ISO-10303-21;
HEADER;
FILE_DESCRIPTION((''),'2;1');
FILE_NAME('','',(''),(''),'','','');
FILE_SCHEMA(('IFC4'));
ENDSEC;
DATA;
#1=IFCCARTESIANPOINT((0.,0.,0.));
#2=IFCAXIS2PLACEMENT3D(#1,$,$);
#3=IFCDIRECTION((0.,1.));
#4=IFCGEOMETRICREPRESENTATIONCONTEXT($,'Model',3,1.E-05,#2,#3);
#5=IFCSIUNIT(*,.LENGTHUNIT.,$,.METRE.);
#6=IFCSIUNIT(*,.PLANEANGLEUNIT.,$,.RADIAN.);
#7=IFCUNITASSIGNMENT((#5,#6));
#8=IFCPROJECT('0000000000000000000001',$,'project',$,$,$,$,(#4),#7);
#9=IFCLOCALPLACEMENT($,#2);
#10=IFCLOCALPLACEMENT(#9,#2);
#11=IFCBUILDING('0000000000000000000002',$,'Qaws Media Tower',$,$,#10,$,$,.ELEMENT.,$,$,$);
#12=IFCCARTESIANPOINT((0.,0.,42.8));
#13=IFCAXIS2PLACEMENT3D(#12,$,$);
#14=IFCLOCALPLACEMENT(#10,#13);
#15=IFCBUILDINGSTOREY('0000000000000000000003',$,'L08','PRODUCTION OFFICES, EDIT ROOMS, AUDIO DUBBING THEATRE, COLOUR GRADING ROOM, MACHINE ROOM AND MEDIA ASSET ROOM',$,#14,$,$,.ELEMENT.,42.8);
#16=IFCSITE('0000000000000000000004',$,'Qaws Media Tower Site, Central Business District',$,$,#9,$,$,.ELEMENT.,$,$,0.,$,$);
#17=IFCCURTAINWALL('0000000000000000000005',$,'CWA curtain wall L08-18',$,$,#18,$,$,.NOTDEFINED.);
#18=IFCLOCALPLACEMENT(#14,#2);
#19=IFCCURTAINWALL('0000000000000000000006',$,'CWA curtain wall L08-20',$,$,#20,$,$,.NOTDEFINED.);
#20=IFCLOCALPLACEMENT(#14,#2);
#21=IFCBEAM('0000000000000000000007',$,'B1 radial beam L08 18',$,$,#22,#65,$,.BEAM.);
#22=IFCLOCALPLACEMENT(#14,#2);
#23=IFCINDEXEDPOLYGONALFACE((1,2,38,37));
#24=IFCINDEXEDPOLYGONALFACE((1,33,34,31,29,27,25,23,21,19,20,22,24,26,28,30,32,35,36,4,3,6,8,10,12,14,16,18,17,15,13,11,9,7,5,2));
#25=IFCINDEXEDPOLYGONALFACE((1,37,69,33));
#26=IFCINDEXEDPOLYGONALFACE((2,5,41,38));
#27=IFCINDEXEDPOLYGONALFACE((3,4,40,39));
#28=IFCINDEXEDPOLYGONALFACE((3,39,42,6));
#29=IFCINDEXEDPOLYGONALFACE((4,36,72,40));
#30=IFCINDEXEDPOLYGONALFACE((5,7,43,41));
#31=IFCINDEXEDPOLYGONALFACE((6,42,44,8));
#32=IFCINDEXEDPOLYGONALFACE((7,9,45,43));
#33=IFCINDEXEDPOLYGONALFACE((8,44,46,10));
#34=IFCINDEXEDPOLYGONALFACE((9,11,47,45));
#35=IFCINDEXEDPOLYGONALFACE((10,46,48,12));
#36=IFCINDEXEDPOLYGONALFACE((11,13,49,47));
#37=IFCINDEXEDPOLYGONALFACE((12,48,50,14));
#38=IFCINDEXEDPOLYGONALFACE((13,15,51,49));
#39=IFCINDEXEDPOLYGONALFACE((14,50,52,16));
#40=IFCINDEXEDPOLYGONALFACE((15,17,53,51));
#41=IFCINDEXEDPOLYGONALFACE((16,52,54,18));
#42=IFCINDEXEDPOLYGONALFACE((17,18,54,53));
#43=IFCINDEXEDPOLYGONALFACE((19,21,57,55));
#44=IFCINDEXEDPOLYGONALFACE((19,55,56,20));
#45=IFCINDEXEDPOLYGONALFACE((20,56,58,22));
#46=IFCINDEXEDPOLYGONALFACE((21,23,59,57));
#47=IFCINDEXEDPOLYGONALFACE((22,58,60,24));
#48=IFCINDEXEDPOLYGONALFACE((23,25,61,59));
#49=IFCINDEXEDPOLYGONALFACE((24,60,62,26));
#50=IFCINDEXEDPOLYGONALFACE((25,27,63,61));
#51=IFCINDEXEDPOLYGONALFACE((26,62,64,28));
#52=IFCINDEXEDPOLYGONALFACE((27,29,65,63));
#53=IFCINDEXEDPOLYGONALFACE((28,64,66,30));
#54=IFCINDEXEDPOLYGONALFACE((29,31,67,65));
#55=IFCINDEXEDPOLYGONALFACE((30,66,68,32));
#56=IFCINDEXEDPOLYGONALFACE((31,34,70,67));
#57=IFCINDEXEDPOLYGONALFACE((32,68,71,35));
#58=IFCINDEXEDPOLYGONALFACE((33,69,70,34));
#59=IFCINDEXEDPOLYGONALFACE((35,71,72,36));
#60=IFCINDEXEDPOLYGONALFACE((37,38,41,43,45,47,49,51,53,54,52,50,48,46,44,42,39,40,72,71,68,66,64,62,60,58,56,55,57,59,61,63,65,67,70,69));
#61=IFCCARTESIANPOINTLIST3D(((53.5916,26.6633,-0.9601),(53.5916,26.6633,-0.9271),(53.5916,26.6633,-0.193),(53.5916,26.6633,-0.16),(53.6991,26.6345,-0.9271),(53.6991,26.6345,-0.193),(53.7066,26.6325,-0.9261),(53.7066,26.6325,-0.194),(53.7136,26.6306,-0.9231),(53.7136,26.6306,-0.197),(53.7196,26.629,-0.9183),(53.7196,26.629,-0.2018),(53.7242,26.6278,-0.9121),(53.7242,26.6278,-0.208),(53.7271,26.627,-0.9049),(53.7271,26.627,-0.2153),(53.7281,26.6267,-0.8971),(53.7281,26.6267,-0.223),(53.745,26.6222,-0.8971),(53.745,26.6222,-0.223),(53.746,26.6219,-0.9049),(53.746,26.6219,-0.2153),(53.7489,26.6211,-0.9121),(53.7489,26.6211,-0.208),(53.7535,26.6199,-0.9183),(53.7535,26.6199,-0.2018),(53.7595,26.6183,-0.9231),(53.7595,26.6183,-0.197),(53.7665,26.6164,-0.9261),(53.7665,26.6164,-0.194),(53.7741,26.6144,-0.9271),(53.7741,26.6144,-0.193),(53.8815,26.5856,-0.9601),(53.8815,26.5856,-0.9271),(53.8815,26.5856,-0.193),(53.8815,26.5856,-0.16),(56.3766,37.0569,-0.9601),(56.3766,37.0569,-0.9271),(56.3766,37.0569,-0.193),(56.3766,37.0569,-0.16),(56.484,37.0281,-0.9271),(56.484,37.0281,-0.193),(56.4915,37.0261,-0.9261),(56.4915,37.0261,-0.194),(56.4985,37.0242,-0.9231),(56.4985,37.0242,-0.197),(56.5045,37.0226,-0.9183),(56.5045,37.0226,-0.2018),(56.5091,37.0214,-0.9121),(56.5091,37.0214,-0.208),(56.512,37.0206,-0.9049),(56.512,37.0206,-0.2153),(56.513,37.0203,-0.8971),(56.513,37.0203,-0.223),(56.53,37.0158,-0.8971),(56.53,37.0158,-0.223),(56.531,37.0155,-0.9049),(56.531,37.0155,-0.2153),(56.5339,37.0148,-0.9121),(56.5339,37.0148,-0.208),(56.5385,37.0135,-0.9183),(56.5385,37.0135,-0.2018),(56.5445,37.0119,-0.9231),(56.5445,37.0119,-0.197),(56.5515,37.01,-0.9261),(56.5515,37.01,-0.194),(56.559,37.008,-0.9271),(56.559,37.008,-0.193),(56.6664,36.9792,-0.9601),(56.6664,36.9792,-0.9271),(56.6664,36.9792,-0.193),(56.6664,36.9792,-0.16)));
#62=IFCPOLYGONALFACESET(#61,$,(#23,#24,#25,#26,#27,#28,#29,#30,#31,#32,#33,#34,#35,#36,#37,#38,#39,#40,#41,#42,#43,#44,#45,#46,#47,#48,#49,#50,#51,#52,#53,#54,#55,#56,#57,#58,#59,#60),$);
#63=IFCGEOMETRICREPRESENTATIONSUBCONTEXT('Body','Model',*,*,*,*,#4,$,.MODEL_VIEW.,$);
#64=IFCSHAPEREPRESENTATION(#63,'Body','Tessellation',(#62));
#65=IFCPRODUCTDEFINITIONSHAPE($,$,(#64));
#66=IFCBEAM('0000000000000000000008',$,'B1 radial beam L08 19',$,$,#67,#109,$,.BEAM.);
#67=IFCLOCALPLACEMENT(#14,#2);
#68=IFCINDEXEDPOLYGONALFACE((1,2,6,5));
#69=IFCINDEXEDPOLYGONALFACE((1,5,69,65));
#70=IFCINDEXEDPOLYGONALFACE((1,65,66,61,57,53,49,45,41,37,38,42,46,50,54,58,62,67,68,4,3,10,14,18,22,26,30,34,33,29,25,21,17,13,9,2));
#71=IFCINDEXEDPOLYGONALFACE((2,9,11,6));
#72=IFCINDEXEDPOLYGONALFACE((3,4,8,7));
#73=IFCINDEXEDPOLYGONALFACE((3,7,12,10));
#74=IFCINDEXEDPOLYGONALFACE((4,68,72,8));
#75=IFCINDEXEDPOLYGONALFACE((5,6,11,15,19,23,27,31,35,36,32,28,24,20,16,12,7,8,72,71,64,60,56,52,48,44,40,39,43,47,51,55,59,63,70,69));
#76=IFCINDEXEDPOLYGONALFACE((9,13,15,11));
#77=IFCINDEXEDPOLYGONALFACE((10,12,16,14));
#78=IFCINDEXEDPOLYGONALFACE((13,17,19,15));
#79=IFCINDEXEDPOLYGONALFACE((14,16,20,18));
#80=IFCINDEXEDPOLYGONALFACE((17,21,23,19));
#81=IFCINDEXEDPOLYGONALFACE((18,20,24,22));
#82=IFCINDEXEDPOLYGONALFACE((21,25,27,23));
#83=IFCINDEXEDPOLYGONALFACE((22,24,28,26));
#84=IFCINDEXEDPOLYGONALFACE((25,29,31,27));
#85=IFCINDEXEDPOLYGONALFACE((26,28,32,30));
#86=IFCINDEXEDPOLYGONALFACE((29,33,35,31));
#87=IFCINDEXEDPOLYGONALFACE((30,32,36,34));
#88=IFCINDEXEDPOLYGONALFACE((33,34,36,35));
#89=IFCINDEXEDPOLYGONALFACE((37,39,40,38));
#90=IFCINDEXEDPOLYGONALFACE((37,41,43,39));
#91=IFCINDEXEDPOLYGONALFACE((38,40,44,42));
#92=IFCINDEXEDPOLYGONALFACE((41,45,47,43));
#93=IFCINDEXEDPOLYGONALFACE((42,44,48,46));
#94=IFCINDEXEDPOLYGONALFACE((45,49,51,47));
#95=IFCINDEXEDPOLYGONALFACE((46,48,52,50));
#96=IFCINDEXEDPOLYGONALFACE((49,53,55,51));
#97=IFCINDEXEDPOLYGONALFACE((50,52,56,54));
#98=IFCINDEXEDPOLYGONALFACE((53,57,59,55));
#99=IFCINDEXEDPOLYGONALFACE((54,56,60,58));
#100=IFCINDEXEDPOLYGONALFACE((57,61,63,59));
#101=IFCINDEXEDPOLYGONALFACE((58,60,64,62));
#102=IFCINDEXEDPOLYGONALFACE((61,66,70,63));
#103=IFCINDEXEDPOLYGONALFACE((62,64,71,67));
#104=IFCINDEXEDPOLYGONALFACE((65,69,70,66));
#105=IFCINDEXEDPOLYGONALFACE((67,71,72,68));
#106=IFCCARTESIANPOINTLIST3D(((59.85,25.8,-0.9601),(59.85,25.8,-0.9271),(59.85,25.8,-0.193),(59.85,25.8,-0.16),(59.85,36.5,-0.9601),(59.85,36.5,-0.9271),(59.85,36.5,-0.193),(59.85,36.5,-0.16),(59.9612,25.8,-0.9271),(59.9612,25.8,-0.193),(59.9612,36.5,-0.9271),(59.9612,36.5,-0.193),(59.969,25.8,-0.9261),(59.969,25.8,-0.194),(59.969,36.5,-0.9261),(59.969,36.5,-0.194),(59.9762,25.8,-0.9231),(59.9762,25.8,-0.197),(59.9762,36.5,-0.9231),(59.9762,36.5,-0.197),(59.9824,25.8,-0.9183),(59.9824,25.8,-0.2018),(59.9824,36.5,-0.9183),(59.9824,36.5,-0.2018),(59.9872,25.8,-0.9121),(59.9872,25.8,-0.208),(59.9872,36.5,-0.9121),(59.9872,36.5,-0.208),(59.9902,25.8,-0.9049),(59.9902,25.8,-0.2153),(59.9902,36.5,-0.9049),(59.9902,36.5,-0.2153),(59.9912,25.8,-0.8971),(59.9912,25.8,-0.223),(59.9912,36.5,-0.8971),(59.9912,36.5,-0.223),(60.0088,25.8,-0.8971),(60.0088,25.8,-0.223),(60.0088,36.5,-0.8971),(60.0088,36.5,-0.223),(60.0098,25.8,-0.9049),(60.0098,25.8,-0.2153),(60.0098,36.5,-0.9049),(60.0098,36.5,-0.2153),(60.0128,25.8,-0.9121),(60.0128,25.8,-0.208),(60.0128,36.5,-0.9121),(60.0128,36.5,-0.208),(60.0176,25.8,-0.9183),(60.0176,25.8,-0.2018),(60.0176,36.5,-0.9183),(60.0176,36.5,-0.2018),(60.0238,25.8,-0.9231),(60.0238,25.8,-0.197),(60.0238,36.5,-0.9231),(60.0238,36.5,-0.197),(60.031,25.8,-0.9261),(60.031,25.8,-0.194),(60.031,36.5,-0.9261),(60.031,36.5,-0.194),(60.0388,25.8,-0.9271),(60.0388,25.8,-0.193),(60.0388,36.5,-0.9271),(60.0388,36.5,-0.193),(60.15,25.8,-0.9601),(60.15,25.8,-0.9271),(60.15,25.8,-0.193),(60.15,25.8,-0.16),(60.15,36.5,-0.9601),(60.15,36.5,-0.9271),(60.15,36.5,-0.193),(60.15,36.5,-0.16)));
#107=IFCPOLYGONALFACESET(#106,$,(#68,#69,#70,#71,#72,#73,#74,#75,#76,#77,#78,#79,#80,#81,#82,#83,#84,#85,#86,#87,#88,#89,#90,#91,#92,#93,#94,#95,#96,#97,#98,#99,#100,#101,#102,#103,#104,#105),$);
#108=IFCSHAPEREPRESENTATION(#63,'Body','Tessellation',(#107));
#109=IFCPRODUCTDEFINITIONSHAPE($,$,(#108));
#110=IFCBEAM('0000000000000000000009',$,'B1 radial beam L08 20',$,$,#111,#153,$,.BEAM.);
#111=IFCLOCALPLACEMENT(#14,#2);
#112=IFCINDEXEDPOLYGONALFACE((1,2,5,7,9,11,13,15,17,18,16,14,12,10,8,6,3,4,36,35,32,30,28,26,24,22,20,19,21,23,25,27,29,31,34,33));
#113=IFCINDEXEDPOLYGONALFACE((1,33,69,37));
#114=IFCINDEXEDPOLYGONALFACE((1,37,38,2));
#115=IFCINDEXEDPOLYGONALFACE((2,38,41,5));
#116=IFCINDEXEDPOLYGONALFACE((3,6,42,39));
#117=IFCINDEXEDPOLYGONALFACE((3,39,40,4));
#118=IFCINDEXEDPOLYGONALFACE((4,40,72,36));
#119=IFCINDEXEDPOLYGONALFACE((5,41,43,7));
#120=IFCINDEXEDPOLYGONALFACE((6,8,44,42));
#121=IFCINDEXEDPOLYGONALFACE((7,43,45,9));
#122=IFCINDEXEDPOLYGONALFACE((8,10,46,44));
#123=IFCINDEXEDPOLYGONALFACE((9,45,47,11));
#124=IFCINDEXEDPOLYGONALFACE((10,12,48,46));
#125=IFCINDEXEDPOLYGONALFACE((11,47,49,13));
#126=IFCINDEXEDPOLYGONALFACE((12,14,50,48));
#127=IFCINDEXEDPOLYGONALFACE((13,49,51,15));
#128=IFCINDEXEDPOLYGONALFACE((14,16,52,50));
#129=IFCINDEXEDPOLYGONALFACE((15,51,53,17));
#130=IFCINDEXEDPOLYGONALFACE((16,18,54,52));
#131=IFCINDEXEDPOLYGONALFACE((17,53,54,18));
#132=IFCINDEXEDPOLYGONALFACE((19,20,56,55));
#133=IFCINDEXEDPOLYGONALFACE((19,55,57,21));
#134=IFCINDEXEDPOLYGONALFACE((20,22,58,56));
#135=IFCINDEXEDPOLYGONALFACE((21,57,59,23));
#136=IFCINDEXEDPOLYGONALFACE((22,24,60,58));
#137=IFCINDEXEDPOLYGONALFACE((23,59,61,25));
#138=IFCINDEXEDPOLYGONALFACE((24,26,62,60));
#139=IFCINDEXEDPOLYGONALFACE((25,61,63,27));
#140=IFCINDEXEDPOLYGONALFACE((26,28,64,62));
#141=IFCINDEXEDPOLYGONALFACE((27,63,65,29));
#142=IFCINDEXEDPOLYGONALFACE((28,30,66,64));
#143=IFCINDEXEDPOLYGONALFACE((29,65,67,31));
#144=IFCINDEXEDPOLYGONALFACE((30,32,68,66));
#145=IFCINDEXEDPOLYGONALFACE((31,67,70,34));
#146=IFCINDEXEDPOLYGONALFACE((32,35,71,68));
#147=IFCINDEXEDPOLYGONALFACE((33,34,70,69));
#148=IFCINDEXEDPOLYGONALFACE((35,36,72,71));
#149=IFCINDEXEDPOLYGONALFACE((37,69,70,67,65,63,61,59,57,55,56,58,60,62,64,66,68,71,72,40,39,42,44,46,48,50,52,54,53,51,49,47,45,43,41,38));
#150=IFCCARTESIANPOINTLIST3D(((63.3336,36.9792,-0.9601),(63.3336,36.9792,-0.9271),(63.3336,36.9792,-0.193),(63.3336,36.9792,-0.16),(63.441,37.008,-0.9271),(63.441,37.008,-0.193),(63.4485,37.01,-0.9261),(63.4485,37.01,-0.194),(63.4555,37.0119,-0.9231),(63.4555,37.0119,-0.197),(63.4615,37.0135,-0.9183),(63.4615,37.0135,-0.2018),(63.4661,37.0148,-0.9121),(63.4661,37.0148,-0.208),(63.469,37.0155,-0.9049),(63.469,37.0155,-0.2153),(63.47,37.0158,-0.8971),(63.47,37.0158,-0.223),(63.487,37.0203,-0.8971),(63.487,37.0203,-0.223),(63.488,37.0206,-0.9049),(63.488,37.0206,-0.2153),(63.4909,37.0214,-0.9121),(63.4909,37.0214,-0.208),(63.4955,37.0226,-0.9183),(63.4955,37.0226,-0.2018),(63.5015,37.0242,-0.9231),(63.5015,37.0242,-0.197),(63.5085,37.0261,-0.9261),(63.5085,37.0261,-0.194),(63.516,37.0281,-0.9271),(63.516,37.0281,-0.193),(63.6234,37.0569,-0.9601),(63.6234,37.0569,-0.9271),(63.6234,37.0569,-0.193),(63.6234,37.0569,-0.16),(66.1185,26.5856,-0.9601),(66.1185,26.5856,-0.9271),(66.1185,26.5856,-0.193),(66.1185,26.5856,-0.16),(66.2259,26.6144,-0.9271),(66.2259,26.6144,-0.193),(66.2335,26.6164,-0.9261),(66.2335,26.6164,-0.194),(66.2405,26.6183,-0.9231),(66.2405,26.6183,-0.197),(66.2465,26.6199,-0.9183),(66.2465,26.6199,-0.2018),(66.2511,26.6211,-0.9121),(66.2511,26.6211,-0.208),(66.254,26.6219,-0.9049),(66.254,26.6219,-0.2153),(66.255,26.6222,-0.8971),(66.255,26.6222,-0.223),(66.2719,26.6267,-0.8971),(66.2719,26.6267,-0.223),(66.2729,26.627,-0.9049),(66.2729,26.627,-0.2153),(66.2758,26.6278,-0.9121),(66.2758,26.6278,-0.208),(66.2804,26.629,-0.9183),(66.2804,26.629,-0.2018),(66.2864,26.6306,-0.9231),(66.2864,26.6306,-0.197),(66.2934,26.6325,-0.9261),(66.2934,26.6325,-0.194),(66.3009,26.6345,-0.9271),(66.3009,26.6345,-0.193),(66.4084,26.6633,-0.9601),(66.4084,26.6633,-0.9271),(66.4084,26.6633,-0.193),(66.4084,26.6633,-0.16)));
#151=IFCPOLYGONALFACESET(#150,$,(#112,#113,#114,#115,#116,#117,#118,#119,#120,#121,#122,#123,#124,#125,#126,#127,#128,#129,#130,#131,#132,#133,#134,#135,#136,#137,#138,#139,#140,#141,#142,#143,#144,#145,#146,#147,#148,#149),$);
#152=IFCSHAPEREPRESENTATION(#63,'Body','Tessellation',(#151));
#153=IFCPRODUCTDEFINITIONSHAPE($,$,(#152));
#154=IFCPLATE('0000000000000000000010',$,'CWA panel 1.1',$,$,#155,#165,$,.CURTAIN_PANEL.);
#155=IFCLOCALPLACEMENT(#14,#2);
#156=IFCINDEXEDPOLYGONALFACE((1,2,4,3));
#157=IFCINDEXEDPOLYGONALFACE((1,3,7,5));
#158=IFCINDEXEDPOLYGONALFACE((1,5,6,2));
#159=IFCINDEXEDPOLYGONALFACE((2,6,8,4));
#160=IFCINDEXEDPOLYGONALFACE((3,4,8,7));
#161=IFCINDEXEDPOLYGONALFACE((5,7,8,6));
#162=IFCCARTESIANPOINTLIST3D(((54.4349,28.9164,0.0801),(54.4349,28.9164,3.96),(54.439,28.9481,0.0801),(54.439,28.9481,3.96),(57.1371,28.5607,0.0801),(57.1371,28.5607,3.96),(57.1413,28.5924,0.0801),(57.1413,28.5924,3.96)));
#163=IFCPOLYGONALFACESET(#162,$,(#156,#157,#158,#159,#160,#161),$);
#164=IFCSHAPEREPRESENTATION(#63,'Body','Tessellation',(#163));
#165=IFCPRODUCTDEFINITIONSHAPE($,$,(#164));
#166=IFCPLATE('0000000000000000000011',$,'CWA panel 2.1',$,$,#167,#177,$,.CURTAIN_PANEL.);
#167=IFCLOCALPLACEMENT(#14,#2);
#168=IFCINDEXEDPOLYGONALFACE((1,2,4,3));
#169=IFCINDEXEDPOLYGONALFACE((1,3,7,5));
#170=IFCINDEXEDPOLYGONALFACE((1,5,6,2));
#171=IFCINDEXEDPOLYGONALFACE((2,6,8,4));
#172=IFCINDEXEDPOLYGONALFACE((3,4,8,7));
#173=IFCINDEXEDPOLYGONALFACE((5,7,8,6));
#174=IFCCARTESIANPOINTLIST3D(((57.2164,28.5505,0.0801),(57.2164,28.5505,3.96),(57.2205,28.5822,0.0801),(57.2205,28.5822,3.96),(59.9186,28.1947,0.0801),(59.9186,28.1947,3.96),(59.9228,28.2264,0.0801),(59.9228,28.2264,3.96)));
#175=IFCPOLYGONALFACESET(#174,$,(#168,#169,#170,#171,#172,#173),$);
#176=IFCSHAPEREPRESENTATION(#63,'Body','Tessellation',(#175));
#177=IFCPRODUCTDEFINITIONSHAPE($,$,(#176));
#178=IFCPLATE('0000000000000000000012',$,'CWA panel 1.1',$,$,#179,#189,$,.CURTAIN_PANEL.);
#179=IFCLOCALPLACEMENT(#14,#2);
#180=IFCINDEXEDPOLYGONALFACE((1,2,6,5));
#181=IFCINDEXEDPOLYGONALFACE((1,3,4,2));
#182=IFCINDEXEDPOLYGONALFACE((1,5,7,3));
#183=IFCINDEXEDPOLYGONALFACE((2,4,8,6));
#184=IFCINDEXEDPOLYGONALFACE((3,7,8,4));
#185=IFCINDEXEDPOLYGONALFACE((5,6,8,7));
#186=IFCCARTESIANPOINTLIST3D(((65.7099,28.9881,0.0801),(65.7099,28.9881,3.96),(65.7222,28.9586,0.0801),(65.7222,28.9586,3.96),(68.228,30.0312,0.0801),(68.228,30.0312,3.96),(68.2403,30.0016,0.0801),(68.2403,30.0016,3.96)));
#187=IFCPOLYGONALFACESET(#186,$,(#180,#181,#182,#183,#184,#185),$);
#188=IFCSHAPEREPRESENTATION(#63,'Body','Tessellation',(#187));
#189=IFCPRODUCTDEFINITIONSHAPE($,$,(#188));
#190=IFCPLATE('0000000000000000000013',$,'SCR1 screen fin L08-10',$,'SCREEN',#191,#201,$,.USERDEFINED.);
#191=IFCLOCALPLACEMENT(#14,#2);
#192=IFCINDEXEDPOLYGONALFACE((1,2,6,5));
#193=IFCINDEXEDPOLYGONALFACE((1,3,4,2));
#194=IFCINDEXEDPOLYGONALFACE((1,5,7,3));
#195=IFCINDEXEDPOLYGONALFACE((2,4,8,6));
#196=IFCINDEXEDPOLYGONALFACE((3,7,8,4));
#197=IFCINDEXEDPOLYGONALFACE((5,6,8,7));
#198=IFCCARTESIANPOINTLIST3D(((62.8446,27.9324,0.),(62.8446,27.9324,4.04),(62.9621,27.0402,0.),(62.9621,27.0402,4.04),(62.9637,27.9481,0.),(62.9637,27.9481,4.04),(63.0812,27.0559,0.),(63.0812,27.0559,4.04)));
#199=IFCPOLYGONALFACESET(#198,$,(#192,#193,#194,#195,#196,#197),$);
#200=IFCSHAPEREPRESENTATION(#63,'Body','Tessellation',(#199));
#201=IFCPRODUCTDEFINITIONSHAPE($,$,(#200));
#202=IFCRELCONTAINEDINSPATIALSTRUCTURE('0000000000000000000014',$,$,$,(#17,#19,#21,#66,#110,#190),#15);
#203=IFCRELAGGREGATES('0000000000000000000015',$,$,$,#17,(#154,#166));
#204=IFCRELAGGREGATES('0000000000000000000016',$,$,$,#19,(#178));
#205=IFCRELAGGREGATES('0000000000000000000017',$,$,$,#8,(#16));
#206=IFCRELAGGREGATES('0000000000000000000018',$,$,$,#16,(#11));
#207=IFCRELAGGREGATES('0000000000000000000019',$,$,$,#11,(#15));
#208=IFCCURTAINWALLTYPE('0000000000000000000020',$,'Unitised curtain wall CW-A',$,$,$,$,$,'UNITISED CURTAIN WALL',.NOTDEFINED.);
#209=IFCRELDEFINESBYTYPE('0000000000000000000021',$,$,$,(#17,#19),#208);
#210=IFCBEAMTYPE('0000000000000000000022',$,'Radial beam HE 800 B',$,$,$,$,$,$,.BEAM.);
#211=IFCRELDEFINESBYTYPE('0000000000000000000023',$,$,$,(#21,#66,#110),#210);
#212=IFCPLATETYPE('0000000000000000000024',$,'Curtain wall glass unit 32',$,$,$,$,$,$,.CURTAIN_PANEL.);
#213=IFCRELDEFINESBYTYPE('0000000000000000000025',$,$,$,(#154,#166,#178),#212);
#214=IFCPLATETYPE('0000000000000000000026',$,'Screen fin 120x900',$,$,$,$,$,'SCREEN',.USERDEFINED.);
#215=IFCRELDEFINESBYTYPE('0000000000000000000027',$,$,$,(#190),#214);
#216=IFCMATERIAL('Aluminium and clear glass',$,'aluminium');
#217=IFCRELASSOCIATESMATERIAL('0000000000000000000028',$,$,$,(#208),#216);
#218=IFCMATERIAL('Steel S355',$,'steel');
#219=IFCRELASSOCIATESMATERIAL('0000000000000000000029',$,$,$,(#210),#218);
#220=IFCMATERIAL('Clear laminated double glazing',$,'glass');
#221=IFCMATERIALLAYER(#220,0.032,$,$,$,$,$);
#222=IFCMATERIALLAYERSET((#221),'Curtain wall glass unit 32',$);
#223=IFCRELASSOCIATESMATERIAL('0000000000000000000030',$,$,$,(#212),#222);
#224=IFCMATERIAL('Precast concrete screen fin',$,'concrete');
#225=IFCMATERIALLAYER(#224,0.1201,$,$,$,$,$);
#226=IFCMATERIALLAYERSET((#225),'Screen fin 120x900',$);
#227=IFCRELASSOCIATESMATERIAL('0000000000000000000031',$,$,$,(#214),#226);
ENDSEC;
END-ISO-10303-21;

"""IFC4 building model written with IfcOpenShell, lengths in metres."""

from ifc_helpers import new_model, si_unit, direction, frame, origin, origin_2d, place, context, subcontext, project, spatial, rectangle, i_section, extrude, material, layer, layer_set, material_profile, profile_set, type_object, element, aggregate, save


model = new_model("IFC4")

# Units and contexts
model_context = context("Model", 3, precision=1e-05, world=origin(), true_north=direction((0.0, 1.0)))
body_context = subcontext(model_context, "Body", "Model", "MODEL_VIEW")
ifc_project = project(units=[si_unit("LENGTHUNIT", "METRE"), si_unit("PLANEANGLEUNIT", "RADIAN")], contexts=[model_context])

# Site, building, storey
site_placement = place(None, origin())
site = spatial("IfcSite", under=ifc_project, at=site_placement, Name="Qaws Media Tower Site, Central Business District", CompositionType="ELEMENT", RefElevation=0.0)
building_placement = place(site_placement, origin())
building = spatial("IfcBuilding", under=site, at=building_placement, Name="Qaws Media Tower", CompositionType="ELEMENT")
storey_placement = place(building_placement, frame((0.0, 0.0, 42.8)))
storey = spatial("IfcBuildingStorey", under=building, at=storey_placement, Name="L08", Description="PRODUCTION OFFICES, EDIT ROOMS, AUDIO DUBBING THEATRE, COLOUR GRADING ROOM, MACHINE ROOM AND MEDIA ASSET ROOM", CompositionType="ELEMENT", Elevation=42.8)

# Curtain walls
ifc_material_1 = material(Name="Aluminium and clear glass", Category="aluminium")
curtain_wall_type = type_object("IfcCurtainWallType", Name="Unitised curtain wall CW-A", ElementType="UNITISED CURTAIN WALL", PredefinedType="NOTDEFINED", material=ifc_material_1)
curtain_wall_1_placement = place(storey_placement, origin())
curtain_wall_1 = element("IfcCurtainWall", 1, at=curtain_wall_1_placement, inside=storey, type_object=curtain_wall_type, Name="CWA curtain wall L08-18", PredefinedType="NOTDEFINED")
curtain_wall_2_placement = place(storey_placement, origin())
curtain_wall_2 = element("IfcCurtainWall", 2, at=curtain_wall_2_placement, inside=storey, type_object=curtain_wall_type, Name="CWA curtain wall L08-20", PredefinedType="NOTDEFINED")

# Beams
ifc_material_2 = material(Name="Steel S355", Category="steel")
ifc_material_profile_1 = material_profile(ifc_material_2, i_section(OverallWidth=0.3, OverallDepth=0.8, WebThickness=0.0176, FlangeThickness=0.033, FilletRadius=0.03, at=origin_2d()), Name="HE 800 B")
ifc_profile_set_1 = profile_set([ifc_material_profile_1], Name="Steel S355")
beam_type_1 = type_object("IfcBeamType", Name="Radial beam HE 800 B", PredefinedType="BEAM", material=ifc_profile_set_1)
beam_1_placement = place(storey_placement, frame((56.5215, 37.0181, -0.5601), z_axis=(-0.258816, -0.965927, 0.0), x_axis=(0.965927, -0.258816, 0.0)))
element("IfcBeam", 3, at=beam_1_placement, inside=storey, type_object=beam_type_1, Name="B1 radial beam L08 18", PredefinedType="BEAM", context=body_context, shape_type="SweptSolid", body=[
    extrude(i_section(OverallWidth=0.3, OverallDepth=0.8, WebThickness=0.0176, FlangeThickness=0.033, FilletRadius=0.03, at=origin_2d()), origin(), (0.0, 0.0, 1.0), 10.7603),
])
beam_2_placement = place(storey_placement, frame((60.0, 36.5, -0.5601), z_axis=(0.0, -1.0, 0.0), x_axis=(1.0, 0.0, 0.0)))
element("IfcBeam", 4, at=beam_2_placement, inside=storey, type_object=beam_type_1, Name="B1 radial beam L08 19", PredefinedType="BEAM", context=body_context, shape_type="SweptSolid", body=[
    extrude(i_section(OverallWidth=0.3, OverallDepth=0.8, WebThickness=0.0176, FlangeThickness=0.033, FilletRadius=0.03, at=origin_2d()), origin(), (0.0, 0.0, 1.0), 10.7),
])
beam_3_placement = place(storey_placement, frame((63.4785, 37.0181, -0.5601), z_axis=(0.258816, -0.965927, 0.0), x_axis=(0.965927, 0.258816, 0.0)))
element("IfcBeam", 5, at=beam_3_placement, inside=storey, type_object=beam_type_1, Name="B1 radial beam L08 20", PredefinedType="BEAM", context=body_context, shape_type="SweptSolid", body=[
    extrude(i_section(OverallWidth=0.3, OverallDepth=0.8, WebThickness=0.0176, FlangeThickness=0.033, FilletRadius=0.03, at=origin_2d()), origin(), (0.0, 0.0, 1.0), 10.7603),
])

# Plates
ifc_material_3 = material(Name="Clear laminated double glazing", Category="glass")
ifc_layer_1 = layer(ifc_material_3, 0.032)
ifc_layer_set_1 = layer_set([ifc_layer_1], Name="Curtain wall glass unit 32")
plate_type_1 = type_object("IfcPlateType", Name="Curtain wall glass unit 32", PredefinedType="CURTAIN_PANEL", material=ifc_layer_set_1)
plate_1_placement = place(storey_placement, frame((55.7881, 28.7544, 0.0801), z_axis=(0.0, 0.0, 1.0), x_axis=(0.991445, -0.130526, 0.0)))
plate_1 = element("IfcPlate", 6, at=plate_1_placement, type_object=plate_type_1, Name="CWA panel 1.1", PredefinedType="CURTAIN_PANEL", context=body_context, shape_type="SweptSolid", body=[
    extrude(rectangle(XDim=2.7256, YDim=0.032, at=origin_2d()), origin(), (0.0, 0.0, 1.0), 3.8799),
])
plate_2_placement = place(storey_placement, frame((58.5696, 28.3884, 0.0801), z_axis=(0.0, 0.0, 1.0), x_axis=(0.991445, -0.130526, 0.0)))
plate_2 = element("IfcPlate", 7, at=plate_2_placement, type_object=plate_type_1, Name="CWA panel 2.1", PredefinedType="CURTAIN_PANEL", context=body_context, shape_type="SweptSolid", body=[
    extrude(rectangle(XDim=2.7256, YDim=0.032, at=origin_2d()), origin(), (0.0, 0.0, 1.0), 3.8799),
])
aggregate(curtain_wall_1, [plate_1, plate_2])
plate_3_placement = place(storey_placement, frame((66.9751, 29.4949, 0.0801), z_axis=(0.0, 0.0, 1.0), x_axis=(0.92388, 0.382683, 0.0)))
plate_3 = element("IfcPlate", 8, at=plate_3_placement, type_object=plate_type_1, Name="CWA panel 1.1", PredefinedType="CURTAIN_PANEL", context=body_context, shape_type="SweptSolid", body=[
    extrude(rectangle(XDim=2.7256, YDim=0.032, at=origin_2d()), origin(), (0.0, 0.0, 1.0), 3.8799),
])
aggregate(curtain_wall_2, [plate_3])
ifc_material_4 = material(Name="Precast concrete screen fin", Category="concrete")
ifc_layer_2 = layer(ifc_material_4, 0.1201)
ifc_layer_set_2 = layer_set([ifc_layer_2], Name="Screen fin 120x900")
plate_type_2 = type_object("IfcPlateType", Name="Screen fin 120x900", ElementType="SCREEN", PredefinedType="USERDEFINED", material=ifc_layer_set_2)
plate_4_placement = place(storey_placement, frame((62.9629, 27.4941, 0.0), z_axis=(0.0, 0.0, 1.0), x_axis=(0.130526, -0.991445, 0.0)))
element("IfcPlate", 9, at=plate_4_placement, inside=storey, type_object=plate_type_2, Name="SCR1 screen fin L08-10", ObjectType="SCREEN", PredefinedType="USERDEFINED", context=body_context, shape_type="SweptSolid", body=[
    extrude(rectangle(XDim=0.8999, YDim=0.1201, at=origin_2d()), origin(), (0.0, 0.0, 1.0), 4.04),
])

save(model, "model.ifc")
